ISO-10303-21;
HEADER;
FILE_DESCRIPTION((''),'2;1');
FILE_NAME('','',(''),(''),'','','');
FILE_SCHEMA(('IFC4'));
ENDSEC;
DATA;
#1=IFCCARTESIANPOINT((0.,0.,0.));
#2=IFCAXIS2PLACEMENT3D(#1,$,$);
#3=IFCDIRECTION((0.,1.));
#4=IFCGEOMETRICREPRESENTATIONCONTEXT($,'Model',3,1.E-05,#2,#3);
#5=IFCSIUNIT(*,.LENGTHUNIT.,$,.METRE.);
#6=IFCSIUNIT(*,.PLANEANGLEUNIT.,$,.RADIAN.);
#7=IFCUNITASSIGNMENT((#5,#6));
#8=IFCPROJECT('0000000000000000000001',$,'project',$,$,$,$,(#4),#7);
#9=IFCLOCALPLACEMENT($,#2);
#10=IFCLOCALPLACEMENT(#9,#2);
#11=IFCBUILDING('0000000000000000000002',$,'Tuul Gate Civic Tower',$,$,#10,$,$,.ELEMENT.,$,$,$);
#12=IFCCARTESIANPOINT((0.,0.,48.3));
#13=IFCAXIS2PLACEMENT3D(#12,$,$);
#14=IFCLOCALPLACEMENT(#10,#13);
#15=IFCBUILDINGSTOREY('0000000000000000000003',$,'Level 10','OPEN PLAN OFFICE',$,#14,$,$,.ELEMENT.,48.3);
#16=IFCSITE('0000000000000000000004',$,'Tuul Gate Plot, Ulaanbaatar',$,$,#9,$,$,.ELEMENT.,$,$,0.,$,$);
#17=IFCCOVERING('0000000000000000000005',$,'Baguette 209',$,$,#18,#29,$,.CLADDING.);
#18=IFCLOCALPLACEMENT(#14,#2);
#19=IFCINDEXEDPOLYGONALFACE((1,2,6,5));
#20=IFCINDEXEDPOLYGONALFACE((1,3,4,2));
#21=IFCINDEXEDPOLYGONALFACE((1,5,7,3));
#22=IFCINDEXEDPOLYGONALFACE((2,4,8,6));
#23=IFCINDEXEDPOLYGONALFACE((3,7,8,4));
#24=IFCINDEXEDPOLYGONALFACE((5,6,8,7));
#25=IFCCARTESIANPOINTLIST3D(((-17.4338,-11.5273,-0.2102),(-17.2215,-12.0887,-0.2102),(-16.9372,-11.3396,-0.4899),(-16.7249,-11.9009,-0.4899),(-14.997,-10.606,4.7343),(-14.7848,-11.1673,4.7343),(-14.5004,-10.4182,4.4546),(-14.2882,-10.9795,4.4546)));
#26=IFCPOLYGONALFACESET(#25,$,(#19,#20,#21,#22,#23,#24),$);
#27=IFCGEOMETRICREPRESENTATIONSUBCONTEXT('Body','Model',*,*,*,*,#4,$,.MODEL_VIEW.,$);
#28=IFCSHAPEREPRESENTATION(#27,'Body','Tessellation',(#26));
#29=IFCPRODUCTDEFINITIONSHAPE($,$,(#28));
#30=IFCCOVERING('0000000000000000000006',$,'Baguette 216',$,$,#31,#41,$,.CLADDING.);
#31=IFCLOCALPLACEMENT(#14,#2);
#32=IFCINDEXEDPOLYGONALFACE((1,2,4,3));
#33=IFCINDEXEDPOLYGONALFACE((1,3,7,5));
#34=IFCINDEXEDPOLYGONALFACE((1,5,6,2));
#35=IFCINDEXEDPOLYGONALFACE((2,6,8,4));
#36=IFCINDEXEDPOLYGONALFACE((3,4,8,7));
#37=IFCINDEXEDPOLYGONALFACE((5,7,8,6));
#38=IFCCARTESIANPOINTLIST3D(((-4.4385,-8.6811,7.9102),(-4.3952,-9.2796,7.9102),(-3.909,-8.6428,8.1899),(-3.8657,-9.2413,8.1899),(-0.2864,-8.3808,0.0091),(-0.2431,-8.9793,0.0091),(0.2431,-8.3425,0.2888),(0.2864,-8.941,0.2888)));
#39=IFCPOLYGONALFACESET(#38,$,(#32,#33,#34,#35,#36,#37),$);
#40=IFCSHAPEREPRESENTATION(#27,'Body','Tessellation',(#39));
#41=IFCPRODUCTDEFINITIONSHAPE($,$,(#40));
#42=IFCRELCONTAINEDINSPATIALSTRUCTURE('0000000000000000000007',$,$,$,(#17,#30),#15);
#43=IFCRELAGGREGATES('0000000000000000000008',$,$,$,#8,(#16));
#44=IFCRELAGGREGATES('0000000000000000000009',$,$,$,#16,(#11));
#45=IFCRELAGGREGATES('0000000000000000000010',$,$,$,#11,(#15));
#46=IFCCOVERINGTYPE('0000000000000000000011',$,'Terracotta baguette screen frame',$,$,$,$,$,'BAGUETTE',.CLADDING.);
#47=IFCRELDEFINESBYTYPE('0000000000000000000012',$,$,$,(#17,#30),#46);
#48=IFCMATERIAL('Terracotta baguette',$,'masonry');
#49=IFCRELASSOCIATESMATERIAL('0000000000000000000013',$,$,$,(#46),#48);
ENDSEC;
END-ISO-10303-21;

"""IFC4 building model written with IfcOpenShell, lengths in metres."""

from ifc_helpers import new_model, si_unit, direction, frame, origin, origin_2d, place, context, subcontext, project, spatial, rectangle, extrude, material, material_profile, profile_set, type_object, element, save


model = new_model("IFC4")

# Units and contexts
model_context = context("Model", 3, precision=1e-05, world=origin(), true_north=direction((0.0, 1.0)))
body_context = subcontext(model_context, "Body", "Model", "MODEL_VIEW")
ifc_project = project(units=[si_unit("LENGTHUNIT", "METRE"), si_unit("PLANEANGLEUNIT", "RADIAN")], contexts=[model_context])

# Site, building, storey
site_placement = place(None, origin())
site = spatial("IfcSite", under=ifc_project, at=site_placement, Name="Tuul Gate Plot, Ulaanbaatar", CompositionType="ELEMENT", RefElevation=0.0)
building_placement = place(site_placement, origin())
building = spatial("IfcBuilding", under=site, at=building_placement, Name="Tuul Gate Civic Tower", CompositionType="ELEMENT")
storey_placement = place(building_placement, frame((0.0, 0.0, 48.3)))
storey = spatial("IfcBuildingStorey", under=building, at=storey_placement, Name="Level 10", Description="OPEN PLAN OFFICE", CompositionType="ELEMENT", Elevation=48.3)

# Coverings
ifc_material_1 = material(Name="Terracotta baguette", Category="masonry")
ifc_material_profile_1 = material_profile(ifc_material_1, rectangle(XDim=0.6001, YDim=0.6001, at=origin_2d()), Name="Terracotta baguette screen frame")
ifc_profile_set_1 = profile_set([ifc_material_profile_1], Name="Terracotta baguette")
covering_type = type_object("IfcCoveringType", Name="Terracotta baguette screen frame", ElementType="BAGUETTE", PredefinedType="CLADDING", material=ifc_profile_set_1)
covering_1_placement = place(storey_placement, frame((-14.6426, -10.7927, 4.5945), z_axis=(-0.436002, -0.16486, -0.884716), x_axis=(0.353679, -0.935367, 0.0)))
element("IfcCovering", 1, at=covering_1_placement, inside=storey, type_object=covering_type, Name="Baguette 209", PredefinedType="CLADDING", context=body_context, shape_type="SweptSolid", body=[
    extrude(rectangle(XDim=0.6001, YDim=0.6001, at=origin_2d()), origin(), (0.0, 0.0, 1.0), 5.5889),
])
covering_2_placement = place(storey_placement, frame((-4.1521, -8.9612, 8.05), z_axis=(0.464923, 0.033625, -0.884712), x_axis=(-0.072135, 0.997395, 0.0)))
element("IfcCovering", 2, at=covering_2_placement, inside=storey, type_object=covering_type, Name="Baguette 216", PredefinedType="CLADDING", context=body_context, shape_type="SweptSolid", body=[
    extrude(rectangle(XDim=0.6001, YDim=0.6001, at=origin_2d()), origin(), (0.0, 0.0, 1.0), 8.9307),
])

save(model, "model.ifc")
